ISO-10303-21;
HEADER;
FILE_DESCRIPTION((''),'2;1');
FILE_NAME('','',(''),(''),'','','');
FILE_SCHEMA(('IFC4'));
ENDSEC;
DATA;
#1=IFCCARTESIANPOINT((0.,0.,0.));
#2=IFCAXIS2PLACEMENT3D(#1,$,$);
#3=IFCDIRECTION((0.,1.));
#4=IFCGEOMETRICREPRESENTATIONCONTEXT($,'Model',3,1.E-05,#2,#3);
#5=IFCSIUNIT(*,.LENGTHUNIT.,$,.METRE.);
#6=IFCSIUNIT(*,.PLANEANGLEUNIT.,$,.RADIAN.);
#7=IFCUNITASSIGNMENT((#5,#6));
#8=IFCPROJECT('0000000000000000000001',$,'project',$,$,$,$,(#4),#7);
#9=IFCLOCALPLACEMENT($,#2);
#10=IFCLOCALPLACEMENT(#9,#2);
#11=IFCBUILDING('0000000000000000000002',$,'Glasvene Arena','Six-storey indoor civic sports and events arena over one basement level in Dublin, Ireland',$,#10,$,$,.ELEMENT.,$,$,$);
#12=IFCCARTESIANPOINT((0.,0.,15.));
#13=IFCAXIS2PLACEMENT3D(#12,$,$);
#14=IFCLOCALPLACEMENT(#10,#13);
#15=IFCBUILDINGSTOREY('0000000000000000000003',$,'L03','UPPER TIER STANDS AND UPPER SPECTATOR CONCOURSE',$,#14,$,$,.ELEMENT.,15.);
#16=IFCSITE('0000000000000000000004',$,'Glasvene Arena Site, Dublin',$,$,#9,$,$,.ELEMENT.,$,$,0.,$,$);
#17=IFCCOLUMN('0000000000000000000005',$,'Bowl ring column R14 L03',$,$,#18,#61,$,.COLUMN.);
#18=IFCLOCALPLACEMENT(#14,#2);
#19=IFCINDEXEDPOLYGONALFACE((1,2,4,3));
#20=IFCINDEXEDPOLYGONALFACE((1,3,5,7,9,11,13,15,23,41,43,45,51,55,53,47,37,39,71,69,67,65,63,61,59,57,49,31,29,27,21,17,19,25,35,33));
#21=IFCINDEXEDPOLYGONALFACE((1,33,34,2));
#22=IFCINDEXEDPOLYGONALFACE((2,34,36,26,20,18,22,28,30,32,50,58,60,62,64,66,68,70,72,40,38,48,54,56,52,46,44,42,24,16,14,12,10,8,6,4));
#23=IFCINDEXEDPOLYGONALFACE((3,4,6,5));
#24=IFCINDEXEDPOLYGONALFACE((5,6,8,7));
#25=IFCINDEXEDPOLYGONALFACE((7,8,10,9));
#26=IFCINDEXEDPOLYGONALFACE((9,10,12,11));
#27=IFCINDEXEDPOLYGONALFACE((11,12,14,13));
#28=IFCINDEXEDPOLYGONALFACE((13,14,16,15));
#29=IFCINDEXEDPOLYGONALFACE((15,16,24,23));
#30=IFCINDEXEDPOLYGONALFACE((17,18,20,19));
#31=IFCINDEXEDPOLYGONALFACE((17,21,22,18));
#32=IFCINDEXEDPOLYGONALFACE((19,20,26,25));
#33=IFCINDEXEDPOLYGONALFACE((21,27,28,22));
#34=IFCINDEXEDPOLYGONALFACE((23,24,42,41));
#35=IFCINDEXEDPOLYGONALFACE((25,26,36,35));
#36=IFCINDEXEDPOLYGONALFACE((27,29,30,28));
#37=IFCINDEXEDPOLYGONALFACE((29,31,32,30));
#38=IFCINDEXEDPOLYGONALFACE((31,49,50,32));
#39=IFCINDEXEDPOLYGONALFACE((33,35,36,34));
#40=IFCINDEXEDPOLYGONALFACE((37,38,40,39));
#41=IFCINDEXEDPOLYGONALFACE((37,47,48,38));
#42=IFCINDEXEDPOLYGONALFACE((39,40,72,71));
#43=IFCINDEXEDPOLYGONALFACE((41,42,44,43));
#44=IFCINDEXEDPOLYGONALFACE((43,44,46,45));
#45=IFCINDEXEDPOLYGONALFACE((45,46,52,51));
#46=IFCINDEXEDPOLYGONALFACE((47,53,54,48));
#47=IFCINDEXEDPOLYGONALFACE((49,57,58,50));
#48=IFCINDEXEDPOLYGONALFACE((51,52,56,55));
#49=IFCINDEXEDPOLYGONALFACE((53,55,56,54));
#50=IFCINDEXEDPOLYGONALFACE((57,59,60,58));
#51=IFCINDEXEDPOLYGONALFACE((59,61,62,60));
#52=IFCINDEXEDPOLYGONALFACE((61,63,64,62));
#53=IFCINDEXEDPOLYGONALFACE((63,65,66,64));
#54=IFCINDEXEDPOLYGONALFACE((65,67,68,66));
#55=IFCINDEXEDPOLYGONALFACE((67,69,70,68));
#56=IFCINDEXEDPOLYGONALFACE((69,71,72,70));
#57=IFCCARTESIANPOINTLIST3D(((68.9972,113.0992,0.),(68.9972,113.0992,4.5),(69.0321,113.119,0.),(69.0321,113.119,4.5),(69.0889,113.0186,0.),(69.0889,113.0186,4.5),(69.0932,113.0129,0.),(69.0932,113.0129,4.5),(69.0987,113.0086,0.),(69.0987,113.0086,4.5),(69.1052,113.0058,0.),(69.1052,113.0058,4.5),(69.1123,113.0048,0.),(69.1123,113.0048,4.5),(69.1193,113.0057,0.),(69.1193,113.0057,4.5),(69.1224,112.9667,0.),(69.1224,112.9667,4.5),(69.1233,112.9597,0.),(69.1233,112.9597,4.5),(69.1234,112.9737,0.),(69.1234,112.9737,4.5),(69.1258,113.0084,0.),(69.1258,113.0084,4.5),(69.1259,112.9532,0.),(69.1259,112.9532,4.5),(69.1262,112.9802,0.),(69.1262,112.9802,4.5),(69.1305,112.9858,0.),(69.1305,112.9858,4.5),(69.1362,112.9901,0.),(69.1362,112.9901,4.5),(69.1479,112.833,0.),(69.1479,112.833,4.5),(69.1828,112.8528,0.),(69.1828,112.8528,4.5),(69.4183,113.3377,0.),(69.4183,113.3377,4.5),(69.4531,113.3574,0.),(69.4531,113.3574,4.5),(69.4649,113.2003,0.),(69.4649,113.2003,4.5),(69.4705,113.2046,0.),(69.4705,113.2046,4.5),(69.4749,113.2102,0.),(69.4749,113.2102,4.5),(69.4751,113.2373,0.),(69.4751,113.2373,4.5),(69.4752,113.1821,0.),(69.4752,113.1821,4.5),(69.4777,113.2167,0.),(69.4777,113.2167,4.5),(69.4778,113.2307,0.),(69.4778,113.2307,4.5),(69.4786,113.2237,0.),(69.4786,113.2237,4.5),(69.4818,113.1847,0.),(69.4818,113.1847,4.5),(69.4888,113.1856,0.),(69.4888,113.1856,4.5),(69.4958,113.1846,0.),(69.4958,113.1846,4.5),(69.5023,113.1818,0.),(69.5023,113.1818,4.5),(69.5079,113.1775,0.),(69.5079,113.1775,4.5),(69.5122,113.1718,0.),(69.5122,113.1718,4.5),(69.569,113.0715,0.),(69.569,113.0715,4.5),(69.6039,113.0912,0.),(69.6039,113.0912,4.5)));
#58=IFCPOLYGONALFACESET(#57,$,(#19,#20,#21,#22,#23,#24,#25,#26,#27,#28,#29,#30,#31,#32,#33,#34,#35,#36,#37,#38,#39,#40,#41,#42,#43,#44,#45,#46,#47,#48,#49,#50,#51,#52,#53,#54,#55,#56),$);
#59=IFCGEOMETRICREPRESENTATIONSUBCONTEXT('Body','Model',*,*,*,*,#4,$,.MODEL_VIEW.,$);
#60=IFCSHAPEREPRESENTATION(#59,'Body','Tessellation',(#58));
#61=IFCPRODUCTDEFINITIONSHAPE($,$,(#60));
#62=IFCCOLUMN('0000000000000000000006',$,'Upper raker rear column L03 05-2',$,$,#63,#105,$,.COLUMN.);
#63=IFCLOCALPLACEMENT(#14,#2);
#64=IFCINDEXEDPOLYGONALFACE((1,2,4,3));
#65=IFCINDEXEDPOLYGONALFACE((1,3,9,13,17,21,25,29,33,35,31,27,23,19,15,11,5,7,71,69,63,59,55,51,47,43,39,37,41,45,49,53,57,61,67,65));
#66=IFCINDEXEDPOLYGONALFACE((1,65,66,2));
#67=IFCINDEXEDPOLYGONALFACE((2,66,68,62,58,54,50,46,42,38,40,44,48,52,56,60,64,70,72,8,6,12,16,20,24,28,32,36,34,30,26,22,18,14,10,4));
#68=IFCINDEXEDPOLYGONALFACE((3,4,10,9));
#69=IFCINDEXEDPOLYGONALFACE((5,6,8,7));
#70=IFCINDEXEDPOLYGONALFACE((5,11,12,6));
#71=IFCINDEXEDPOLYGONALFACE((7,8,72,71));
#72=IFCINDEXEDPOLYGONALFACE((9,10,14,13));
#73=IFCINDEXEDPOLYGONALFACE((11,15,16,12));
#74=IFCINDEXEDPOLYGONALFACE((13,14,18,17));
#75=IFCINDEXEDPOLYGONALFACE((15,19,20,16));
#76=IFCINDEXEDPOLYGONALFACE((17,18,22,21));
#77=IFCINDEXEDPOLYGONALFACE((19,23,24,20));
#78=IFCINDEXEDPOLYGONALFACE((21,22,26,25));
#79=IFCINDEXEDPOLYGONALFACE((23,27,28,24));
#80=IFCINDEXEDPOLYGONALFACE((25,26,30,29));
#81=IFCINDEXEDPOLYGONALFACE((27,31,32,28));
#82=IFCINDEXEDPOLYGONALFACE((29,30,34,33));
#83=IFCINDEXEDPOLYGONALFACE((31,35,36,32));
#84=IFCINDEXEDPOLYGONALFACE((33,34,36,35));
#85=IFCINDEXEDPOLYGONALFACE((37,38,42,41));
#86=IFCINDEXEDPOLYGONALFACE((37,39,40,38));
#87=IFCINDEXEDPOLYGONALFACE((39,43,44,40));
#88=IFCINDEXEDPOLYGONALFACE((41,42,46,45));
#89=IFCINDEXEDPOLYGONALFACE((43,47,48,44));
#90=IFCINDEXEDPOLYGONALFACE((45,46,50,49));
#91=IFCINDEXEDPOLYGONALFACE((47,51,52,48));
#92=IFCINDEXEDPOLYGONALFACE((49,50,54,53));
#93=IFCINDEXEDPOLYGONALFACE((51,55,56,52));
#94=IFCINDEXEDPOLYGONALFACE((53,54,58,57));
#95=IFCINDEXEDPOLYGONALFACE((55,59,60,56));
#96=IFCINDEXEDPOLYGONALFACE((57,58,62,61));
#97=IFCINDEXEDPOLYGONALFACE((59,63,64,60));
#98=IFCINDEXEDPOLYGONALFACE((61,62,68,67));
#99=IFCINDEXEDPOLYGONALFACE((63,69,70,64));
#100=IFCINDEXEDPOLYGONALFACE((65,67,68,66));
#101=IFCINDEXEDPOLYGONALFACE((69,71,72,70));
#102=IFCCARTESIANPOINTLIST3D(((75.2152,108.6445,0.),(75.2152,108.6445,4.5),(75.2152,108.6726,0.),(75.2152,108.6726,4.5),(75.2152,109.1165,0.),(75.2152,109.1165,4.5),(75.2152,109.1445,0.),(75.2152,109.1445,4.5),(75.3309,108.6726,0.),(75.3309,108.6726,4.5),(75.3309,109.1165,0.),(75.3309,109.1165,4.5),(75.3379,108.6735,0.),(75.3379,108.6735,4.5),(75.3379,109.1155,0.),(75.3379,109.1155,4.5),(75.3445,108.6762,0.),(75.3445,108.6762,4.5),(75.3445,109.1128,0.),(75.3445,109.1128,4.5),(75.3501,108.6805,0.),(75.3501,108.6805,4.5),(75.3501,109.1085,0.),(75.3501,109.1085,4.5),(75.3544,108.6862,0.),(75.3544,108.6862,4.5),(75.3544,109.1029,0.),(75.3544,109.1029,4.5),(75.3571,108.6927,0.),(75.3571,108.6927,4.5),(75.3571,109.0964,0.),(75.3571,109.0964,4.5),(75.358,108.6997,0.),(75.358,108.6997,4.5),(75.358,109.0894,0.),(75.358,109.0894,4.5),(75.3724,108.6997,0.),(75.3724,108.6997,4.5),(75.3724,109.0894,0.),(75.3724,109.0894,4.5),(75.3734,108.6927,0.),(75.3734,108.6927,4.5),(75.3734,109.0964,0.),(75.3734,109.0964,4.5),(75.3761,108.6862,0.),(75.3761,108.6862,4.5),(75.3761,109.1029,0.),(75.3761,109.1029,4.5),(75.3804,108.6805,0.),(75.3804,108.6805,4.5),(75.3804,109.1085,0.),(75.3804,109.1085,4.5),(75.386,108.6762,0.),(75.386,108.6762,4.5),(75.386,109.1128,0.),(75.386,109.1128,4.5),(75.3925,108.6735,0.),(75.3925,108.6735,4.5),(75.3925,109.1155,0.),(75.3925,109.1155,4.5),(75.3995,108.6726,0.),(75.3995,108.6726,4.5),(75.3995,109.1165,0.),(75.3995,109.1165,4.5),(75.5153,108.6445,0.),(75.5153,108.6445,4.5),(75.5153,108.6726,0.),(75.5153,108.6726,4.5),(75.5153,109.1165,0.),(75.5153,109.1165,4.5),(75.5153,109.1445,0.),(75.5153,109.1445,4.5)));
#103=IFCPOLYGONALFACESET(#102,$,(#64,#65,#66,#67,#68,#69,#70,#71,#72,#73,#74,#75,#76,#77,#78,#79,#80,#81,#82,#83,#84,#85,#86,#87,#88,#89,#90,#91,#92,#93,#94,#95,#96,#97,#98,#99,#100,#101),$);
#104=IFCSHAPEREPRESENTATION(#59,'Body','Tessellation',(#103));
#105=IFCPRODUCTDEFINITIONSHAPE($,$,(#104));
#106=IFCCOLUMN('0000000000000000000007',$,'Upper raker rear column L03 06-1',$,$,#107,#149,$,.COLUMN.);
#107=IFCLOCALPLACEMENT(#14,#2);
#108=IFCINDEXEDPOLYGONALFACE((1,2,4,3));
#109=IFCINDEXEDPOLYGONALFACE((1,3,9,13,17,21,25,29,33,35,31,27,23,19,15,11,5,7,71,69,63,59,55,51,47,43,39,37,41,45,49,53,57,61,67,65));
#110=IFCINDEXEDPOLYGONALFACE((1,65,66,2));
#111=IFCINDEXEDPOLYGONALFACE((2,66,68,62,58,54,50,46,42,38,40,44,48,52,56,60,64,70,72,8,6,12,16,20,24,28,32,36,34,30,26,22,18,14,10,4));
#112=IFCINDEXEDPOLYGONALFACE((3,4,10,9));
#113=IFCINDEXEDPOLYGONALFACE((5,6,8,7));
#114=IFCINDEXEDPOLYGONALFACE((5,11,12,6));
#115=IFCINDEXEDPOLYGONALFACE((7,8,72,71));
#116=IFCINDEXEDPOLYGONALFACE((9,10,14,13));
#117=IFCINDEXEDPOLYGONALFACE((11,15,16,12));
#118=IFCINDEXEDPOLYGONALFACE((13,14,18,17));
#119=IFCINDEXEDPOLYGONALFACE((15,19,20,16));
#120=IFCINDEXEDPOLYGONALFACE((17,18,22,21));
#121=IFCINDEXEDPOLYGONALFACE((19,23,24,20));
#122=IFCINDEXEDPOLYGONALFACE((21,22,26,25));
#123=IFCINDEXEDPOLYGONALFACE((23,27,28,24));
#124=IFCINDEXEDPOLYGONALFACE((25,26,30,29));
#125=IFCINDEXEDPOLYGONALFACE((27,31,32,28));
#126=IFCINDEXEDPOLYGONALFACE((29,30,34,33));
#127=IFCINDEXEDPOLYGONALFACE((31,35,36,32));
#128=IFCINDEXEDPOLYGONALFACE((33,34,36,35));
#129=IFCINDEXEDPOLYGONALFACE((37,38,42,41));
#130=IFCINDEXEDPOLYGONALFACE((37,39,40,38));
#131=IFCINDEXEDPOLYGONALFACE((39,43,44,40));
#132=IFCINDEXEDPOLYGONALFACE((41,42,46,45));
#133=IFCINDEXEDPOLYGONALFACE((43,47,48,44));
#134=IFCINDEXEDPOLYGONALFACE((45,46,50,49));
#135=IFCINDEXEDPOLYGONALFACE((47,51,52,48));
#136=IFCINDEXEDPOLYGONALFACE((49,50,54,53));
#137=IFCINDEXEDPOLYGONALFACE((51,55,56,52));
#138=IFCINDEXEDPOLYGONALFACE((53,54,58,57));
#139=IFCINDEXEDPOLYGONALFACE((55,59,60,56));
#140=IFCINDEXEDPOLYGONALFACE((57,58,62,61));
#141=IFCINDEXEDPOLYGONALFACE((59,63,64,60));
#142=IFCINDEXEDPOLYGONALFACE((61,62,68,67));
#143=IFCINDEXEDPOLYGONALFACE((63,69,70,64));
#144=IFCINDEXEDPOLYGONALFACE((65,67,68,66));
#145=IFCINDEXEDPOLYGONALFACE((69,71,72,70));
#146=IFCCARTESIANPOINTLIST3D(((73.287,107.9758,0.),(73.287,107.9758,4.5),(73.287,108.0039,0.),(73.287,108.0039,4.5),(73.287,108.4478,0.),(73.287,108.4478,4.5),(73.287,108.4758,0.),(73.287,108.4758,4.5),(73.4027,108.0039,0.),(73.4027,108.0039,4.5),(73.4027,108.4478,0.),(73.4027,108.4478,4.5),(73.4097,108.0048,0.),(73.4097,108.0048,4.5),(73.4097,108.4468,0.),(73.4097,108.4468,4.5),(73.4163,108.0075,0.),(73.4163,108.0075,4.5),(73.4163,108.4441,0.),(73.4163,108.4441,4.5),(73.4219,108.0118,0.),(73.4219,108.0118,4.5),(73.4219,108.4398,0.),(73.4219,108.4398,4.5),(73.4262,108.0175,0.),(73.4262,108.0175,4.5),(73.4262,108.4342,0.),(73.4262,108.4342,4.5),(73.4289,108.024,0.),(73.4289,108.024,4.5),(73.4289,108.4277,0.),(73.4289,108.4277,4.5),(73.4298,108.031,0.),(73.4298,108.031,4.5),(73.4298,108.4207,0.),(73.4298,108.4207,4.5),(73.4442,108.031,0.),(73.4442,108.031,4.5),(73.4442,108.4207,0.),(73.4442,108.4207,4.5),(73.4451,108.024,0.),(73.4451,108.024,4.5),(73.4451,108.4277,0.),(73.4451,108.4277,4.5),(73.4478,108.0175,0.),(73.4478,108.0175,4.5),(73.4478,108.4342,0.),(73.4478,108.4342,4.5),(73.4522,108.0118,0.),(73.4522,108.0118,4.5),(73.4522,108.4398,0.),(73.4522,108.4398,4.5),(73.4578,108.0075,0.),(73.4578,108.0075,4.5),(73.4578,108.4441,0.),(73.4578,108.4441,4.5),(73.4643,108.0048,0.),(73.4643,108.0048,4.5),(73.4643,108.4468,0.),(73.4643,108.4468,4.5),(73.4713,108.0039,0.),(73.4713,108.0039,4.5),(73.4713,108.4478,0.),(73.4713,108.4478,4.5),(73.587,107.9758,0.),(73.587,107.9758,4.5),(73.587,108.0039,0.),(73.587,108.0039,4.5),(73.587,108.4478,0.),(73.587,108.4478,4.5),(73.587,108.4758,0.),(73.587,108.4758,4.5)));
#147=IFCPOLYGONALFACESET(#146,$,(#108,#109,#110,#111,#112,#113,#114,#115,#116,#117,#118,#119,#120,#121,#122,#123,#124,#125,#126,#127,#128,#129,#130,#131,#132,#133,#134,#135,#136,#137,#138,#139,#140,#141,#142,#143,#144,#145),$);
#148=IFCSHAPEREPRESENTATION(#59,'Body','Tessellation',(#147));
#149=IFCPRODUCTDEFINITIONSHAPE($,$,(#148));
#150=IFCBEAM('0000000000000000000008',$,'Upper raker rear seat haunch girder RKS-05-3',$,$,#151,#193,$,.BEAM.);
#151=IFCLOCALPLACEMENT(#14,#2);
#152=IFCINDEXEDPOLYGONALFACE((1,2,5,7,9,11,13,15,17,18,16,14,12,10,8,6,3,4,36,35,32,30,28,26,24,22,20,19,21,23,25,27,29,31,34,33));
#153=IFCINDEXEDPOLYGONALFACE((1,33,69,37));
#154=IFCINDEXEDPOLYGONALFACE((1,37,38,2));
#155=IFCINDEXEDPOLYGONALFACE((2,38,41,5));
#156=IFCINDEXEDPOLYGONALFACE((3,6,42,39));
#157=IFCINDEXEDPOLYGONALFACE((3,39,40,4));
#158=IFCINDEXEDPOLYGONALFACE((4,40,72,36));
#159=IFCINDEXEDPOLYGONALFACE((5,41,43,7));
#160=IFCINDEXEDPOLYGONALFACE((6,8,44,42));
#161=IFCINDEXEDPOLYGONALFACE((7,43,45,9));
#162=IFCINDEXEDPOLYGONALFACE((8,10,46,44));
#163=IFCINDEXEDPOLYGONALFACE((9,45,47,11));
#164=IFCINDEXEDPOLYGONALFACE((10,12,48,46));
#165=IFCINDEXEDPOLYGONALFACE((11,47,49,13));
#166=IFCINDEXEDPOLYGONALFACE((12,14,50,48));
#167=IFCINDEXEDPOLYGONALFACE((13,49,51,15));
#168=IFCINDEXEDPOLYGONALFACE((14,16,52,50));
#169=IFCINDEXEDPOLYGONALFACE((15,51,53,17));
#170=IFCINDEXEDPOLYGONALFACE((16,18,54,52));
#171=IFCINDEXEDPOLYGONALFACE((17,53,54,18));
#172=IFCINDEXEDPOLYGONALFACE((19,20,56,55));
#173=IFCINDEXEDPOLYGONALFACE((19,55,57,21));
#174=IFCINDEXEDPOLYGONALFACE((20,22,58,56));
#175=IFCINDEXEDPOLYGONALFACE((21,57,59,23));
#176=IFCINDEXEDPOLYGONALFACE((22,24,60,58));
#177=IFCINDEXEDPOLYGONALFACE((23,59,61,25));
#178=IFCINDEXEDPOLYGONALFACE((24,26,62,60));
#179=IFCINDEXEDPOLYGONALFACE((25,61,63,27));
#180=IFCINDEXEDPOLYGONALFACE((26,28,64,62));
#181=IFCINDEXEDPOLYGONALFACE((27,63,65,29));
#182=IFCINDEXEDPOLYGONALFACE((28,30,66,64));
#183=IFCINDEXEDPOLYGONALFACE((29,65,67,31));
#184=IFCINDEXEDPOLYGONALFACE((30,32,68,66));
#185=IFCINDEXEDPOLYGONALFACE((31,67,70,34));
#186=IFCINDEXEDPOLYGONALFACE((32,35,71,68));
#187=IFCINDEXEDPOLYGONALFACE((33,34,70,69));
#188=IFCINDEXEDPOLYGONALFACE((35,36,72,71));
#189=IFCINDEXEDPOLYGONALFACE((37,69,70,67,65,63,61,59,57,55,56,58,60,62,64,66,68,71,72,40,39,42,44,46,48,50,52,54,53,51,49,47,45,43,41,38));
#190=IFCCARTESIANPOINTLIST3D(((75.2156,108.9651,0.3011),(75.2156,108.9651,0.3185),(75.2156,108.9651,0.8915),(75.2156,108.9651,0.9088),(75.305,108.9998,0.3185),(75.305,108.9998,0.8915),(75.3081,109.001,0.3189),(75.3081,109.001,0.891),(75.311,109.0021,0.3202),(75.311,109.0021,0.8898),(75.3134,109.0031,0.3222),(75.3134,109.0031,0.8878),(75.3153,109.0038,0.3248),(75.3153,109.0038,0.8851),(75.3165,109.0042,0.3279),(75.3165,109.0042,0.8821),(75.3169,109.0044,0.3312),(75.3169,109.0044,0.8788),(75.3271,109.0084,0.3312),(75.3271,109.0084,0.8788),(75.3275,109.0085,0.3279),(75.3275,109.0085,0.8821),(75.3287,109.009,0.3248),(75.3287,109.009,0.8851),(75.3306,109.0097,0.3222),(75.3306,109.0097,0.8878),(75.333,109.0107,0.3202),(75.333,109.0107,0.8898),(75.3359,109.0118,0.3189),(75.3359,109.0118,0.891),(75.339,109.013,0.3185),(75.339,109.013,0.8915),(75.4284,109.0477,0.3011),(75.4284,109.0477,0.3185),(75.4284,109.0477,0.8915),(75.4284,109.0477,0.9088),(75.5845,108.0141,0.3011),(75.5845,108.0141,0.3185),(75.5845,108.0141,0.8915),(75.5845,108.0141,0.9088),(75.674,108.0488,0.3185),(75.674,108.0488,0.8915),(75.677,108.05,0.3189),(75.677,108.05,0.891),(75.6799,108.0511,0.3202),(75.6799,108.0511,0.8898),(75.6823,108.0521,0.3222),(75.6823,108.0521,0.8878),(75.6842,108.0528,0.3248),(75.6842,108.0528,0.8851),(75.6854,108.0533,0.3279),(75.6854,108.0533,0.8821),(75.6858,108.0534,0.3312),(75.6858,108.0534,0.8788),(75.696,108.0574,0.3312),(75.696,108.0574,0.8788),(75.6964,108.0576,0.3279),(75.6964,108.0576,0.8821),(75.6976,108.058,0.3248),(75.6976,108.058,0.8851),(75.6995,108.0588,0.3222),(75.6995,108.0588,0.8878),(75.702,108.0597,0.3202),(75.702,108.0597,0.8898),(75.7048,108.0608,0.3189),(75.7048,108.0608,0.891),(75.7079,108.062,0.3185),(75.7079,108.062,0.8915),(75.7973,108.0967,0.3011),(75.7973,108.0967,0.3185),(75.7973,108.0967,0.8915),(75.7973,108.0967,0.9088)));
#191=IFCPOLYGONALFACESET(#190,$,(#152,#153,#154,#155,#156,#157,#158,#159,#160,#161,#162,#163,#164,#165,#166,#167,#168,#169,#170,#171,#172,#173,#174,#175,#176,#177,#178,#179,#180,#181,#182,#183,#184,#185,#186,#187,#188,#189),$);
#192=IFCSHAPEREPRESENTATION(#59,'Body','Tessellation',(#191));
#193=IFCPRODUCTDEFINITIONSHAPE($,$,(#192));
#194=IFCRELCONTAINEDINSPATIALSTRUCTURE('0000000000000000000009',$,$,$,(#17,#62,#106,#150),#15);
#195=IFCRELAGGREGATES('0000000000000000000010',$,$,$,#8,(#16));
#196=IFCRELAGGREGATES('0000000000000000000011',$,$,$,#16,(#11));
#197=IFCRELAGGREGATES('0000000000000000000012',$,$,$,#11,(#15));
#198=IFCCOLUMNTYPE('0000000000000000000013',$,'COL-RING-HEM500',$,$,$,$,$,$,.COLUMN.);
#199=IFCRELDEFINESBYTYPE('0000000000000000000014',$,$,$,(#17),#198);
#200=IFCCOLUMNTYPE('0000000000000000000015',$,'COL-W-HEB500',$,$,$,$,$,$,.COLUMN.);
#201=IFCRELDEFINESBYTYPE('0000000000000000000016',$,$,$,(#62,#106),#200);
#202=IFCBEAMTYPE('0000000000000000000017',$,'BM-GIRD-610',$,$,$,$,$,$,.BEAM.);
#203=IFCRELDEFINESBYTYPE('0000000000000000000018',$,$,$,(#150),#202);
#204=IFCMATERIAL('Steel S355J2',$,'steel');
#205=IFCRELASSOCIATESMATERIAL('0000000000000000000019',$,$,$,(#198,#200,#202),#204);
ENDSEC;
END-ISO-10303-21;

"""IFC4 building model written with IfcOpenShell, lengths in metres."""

from ifc_helpers import new_model, si_unit, direction, frame, origin, origin_2d, place, context, subcontext, project, spatial, i_section, extrude, material, material_profile, profile_set, type_object, element, save


model = new_model("IFC4")

# Units and contexts
model_context = context("Model", 3, precision=1e-05, world=origin(), true_north=direction((0.0, 1.0)))
body_context = subcontext(model_context, "Body", "Model", "MODEL_VIEW")
ifc_project = project(units=[si_unit("LENGTHUNIT", "METRE"), si_unit("PLANEANGLEUNIT", "RADIAN")], contexts=[model_context])

# Site, building, storey
site_placement = place(None, origin())
site = spatial("IfcSite", under=ifc_project, at=site_placement, Name="Glasvene Arena Site, Dublin", CompositionType="ELEMENT", RefElevation=0.0)
building_placement = place(site_placement, origin())
building = spatial("IfcBuilding", under=site, at=building_placement, Name="Glasvene Arena", Description="Six-storey indoor civic sports and events arena over one basement level in Dublin, Ireland", CompositionType="ELEMENT")
storey_placement = place(building_placement, frame((0.0, 0.0, 15.0)))
storey = spatial("IfcBuildingStorey", under=building, at=storey_placement, Name="L03", Description="UPPER TIER STANDS AND UPPER SPECTATOR CONCOURSE", CompositionType="ELEMENT", Elevation=15.0)

# Columns
ifc_material_1 = material(Name="Steel S355J2", Category="steel")
ifc_material_profile_1 = material_profile(ifc_material_1, i_section(OverallWidth=0.3059, OverallDepth=0.5239, WebThickness=0.021, FlangeThickness=0.04, FilletRadius=0.0271, at=origin_2d()), Name="HEM 500")
ifc_profile_set_1 = profile_set([ifc_material_profile_1], Name="Steel S355J2")
column_type_1 = type_object("IfcColumnType", Name="COL-RING-HEM500", PredefinedType="COLUMN", material=ifc_profile_set_1)
column_placement = place(storey_placement, frame((69.3005, 113.0952, 0.0), z_axis=(0.0, 0.0, 1.0), x_axis=(-0.492727, 0.870184, 0.0)))
element("IfcColumn", 1, at=column_placement, inside=storey, type_object=column_type_1, Name="Bowl ring column R14 L03", PredefinedType="COLUMN", context=body_context, shape_type="SweptSolid", body=[
    extrude(i_section(OverallWidth=0.3059, OverallDepth=0.5239, WebThickness=0.021, FlangeThickness=0.04, FilletRadius=0.0271, at=origin_2d()), origin(), (0.0, 0.0, 1.0), 4.5),
])
ifc_material_profile_2 = material_profile(ifc_material_1, i_section(OverallWidth=0.3, OverallDepth=0.5, WebThickness=0.0144, FlangeThickness=0.0281, FilletRadius=0.0271, at=origin_2d()), Name="HEB 500")
ifc_profile_set_2 = profile_set([ifc_material_profile_2], Name="Steel S355J2")
column_type_2 = type_object("IfcColumnType", Name="COL-W-HEB500", PredefinedType="COLUMN", material=ifc_profile_set_2)
for number, where, z_axis, x_axis, name in (
    (2, (75.3652, 108.8945, 0.0), (0.0, 0.0, 1.0), (1.0, 0.0, 0.0), "Upper raker rear column L03 05-2"),
    (3, (73.437, 108.2258, 0.0), (0.0, 0.0, 1.0), (1.0, 0.0, 0.0), "Upper raker rear column L03 06-1"),
):
    element("IfcColumn", number, at=place(storey_placement, frame(where, z_axis=z_axis, x_axis=x_axis)), inside=storey, type_object=column_type_2, Name=name, PredefinedType="COLUMN", context=body_context, shape_type="SweptSolid", body=[
        extrude(i_section(OverallWidth=0.3, OverallDepth=0.5, WebThickness=0.0144, FlangeThickness=0.0281, FilletRadius=0.0271, at=origin_2d()), origin(), (0.0, 0.0, 1.0), 4.5),
    ])

# Beam
ifc_material_profile_3 = material_profile(ifc_material_1, i_section(OverallWidth=0.2283, OverallDepth=0.6077, WebThickness=0.011, FlangeThickness=0.0173, FilletRadius=0.0127, at=origin_2d()), Name="UKB 610x229x113")
ifc_profile_set_3 = profile_set([ifc_material_profile_3], Name="Steel S355J2")
beam_type_1 = type_object("IfcBeamType", Name="BM-GIRD-610", PredefinedType="BEAM", material=ifc_profile_set_3)
for number, where, z_axis, x_axis, name in (
    (4, (75.6909, 108.0554, 0.605), (-0.361672, 0.932305, 0.0), (-0.932305, -0.361672, 0.0), "Upper raker rear seat haunch girder RKS-05-3"),
):
    element("IfcBeam", number, at=place(storey_placement, frame(where, z_axis=z_axis, x_axis=x_axis)), inside=storey, type_object=beam_type_1, Name=name, PredefinedType="BEAM", context=body_context, shape_type="SweptSolid", body=[
        extrude(i_section(OverallWidth=0.2283, OverallDepth=0.6077, WebThickness=0.011, FlangeThickness=0.0173, FilletRadius=0.0127, at=origin_2d()), origin(), (0.0, 0.0, 1.0), 1.02),
    ])

save(model, "model.ifc")
